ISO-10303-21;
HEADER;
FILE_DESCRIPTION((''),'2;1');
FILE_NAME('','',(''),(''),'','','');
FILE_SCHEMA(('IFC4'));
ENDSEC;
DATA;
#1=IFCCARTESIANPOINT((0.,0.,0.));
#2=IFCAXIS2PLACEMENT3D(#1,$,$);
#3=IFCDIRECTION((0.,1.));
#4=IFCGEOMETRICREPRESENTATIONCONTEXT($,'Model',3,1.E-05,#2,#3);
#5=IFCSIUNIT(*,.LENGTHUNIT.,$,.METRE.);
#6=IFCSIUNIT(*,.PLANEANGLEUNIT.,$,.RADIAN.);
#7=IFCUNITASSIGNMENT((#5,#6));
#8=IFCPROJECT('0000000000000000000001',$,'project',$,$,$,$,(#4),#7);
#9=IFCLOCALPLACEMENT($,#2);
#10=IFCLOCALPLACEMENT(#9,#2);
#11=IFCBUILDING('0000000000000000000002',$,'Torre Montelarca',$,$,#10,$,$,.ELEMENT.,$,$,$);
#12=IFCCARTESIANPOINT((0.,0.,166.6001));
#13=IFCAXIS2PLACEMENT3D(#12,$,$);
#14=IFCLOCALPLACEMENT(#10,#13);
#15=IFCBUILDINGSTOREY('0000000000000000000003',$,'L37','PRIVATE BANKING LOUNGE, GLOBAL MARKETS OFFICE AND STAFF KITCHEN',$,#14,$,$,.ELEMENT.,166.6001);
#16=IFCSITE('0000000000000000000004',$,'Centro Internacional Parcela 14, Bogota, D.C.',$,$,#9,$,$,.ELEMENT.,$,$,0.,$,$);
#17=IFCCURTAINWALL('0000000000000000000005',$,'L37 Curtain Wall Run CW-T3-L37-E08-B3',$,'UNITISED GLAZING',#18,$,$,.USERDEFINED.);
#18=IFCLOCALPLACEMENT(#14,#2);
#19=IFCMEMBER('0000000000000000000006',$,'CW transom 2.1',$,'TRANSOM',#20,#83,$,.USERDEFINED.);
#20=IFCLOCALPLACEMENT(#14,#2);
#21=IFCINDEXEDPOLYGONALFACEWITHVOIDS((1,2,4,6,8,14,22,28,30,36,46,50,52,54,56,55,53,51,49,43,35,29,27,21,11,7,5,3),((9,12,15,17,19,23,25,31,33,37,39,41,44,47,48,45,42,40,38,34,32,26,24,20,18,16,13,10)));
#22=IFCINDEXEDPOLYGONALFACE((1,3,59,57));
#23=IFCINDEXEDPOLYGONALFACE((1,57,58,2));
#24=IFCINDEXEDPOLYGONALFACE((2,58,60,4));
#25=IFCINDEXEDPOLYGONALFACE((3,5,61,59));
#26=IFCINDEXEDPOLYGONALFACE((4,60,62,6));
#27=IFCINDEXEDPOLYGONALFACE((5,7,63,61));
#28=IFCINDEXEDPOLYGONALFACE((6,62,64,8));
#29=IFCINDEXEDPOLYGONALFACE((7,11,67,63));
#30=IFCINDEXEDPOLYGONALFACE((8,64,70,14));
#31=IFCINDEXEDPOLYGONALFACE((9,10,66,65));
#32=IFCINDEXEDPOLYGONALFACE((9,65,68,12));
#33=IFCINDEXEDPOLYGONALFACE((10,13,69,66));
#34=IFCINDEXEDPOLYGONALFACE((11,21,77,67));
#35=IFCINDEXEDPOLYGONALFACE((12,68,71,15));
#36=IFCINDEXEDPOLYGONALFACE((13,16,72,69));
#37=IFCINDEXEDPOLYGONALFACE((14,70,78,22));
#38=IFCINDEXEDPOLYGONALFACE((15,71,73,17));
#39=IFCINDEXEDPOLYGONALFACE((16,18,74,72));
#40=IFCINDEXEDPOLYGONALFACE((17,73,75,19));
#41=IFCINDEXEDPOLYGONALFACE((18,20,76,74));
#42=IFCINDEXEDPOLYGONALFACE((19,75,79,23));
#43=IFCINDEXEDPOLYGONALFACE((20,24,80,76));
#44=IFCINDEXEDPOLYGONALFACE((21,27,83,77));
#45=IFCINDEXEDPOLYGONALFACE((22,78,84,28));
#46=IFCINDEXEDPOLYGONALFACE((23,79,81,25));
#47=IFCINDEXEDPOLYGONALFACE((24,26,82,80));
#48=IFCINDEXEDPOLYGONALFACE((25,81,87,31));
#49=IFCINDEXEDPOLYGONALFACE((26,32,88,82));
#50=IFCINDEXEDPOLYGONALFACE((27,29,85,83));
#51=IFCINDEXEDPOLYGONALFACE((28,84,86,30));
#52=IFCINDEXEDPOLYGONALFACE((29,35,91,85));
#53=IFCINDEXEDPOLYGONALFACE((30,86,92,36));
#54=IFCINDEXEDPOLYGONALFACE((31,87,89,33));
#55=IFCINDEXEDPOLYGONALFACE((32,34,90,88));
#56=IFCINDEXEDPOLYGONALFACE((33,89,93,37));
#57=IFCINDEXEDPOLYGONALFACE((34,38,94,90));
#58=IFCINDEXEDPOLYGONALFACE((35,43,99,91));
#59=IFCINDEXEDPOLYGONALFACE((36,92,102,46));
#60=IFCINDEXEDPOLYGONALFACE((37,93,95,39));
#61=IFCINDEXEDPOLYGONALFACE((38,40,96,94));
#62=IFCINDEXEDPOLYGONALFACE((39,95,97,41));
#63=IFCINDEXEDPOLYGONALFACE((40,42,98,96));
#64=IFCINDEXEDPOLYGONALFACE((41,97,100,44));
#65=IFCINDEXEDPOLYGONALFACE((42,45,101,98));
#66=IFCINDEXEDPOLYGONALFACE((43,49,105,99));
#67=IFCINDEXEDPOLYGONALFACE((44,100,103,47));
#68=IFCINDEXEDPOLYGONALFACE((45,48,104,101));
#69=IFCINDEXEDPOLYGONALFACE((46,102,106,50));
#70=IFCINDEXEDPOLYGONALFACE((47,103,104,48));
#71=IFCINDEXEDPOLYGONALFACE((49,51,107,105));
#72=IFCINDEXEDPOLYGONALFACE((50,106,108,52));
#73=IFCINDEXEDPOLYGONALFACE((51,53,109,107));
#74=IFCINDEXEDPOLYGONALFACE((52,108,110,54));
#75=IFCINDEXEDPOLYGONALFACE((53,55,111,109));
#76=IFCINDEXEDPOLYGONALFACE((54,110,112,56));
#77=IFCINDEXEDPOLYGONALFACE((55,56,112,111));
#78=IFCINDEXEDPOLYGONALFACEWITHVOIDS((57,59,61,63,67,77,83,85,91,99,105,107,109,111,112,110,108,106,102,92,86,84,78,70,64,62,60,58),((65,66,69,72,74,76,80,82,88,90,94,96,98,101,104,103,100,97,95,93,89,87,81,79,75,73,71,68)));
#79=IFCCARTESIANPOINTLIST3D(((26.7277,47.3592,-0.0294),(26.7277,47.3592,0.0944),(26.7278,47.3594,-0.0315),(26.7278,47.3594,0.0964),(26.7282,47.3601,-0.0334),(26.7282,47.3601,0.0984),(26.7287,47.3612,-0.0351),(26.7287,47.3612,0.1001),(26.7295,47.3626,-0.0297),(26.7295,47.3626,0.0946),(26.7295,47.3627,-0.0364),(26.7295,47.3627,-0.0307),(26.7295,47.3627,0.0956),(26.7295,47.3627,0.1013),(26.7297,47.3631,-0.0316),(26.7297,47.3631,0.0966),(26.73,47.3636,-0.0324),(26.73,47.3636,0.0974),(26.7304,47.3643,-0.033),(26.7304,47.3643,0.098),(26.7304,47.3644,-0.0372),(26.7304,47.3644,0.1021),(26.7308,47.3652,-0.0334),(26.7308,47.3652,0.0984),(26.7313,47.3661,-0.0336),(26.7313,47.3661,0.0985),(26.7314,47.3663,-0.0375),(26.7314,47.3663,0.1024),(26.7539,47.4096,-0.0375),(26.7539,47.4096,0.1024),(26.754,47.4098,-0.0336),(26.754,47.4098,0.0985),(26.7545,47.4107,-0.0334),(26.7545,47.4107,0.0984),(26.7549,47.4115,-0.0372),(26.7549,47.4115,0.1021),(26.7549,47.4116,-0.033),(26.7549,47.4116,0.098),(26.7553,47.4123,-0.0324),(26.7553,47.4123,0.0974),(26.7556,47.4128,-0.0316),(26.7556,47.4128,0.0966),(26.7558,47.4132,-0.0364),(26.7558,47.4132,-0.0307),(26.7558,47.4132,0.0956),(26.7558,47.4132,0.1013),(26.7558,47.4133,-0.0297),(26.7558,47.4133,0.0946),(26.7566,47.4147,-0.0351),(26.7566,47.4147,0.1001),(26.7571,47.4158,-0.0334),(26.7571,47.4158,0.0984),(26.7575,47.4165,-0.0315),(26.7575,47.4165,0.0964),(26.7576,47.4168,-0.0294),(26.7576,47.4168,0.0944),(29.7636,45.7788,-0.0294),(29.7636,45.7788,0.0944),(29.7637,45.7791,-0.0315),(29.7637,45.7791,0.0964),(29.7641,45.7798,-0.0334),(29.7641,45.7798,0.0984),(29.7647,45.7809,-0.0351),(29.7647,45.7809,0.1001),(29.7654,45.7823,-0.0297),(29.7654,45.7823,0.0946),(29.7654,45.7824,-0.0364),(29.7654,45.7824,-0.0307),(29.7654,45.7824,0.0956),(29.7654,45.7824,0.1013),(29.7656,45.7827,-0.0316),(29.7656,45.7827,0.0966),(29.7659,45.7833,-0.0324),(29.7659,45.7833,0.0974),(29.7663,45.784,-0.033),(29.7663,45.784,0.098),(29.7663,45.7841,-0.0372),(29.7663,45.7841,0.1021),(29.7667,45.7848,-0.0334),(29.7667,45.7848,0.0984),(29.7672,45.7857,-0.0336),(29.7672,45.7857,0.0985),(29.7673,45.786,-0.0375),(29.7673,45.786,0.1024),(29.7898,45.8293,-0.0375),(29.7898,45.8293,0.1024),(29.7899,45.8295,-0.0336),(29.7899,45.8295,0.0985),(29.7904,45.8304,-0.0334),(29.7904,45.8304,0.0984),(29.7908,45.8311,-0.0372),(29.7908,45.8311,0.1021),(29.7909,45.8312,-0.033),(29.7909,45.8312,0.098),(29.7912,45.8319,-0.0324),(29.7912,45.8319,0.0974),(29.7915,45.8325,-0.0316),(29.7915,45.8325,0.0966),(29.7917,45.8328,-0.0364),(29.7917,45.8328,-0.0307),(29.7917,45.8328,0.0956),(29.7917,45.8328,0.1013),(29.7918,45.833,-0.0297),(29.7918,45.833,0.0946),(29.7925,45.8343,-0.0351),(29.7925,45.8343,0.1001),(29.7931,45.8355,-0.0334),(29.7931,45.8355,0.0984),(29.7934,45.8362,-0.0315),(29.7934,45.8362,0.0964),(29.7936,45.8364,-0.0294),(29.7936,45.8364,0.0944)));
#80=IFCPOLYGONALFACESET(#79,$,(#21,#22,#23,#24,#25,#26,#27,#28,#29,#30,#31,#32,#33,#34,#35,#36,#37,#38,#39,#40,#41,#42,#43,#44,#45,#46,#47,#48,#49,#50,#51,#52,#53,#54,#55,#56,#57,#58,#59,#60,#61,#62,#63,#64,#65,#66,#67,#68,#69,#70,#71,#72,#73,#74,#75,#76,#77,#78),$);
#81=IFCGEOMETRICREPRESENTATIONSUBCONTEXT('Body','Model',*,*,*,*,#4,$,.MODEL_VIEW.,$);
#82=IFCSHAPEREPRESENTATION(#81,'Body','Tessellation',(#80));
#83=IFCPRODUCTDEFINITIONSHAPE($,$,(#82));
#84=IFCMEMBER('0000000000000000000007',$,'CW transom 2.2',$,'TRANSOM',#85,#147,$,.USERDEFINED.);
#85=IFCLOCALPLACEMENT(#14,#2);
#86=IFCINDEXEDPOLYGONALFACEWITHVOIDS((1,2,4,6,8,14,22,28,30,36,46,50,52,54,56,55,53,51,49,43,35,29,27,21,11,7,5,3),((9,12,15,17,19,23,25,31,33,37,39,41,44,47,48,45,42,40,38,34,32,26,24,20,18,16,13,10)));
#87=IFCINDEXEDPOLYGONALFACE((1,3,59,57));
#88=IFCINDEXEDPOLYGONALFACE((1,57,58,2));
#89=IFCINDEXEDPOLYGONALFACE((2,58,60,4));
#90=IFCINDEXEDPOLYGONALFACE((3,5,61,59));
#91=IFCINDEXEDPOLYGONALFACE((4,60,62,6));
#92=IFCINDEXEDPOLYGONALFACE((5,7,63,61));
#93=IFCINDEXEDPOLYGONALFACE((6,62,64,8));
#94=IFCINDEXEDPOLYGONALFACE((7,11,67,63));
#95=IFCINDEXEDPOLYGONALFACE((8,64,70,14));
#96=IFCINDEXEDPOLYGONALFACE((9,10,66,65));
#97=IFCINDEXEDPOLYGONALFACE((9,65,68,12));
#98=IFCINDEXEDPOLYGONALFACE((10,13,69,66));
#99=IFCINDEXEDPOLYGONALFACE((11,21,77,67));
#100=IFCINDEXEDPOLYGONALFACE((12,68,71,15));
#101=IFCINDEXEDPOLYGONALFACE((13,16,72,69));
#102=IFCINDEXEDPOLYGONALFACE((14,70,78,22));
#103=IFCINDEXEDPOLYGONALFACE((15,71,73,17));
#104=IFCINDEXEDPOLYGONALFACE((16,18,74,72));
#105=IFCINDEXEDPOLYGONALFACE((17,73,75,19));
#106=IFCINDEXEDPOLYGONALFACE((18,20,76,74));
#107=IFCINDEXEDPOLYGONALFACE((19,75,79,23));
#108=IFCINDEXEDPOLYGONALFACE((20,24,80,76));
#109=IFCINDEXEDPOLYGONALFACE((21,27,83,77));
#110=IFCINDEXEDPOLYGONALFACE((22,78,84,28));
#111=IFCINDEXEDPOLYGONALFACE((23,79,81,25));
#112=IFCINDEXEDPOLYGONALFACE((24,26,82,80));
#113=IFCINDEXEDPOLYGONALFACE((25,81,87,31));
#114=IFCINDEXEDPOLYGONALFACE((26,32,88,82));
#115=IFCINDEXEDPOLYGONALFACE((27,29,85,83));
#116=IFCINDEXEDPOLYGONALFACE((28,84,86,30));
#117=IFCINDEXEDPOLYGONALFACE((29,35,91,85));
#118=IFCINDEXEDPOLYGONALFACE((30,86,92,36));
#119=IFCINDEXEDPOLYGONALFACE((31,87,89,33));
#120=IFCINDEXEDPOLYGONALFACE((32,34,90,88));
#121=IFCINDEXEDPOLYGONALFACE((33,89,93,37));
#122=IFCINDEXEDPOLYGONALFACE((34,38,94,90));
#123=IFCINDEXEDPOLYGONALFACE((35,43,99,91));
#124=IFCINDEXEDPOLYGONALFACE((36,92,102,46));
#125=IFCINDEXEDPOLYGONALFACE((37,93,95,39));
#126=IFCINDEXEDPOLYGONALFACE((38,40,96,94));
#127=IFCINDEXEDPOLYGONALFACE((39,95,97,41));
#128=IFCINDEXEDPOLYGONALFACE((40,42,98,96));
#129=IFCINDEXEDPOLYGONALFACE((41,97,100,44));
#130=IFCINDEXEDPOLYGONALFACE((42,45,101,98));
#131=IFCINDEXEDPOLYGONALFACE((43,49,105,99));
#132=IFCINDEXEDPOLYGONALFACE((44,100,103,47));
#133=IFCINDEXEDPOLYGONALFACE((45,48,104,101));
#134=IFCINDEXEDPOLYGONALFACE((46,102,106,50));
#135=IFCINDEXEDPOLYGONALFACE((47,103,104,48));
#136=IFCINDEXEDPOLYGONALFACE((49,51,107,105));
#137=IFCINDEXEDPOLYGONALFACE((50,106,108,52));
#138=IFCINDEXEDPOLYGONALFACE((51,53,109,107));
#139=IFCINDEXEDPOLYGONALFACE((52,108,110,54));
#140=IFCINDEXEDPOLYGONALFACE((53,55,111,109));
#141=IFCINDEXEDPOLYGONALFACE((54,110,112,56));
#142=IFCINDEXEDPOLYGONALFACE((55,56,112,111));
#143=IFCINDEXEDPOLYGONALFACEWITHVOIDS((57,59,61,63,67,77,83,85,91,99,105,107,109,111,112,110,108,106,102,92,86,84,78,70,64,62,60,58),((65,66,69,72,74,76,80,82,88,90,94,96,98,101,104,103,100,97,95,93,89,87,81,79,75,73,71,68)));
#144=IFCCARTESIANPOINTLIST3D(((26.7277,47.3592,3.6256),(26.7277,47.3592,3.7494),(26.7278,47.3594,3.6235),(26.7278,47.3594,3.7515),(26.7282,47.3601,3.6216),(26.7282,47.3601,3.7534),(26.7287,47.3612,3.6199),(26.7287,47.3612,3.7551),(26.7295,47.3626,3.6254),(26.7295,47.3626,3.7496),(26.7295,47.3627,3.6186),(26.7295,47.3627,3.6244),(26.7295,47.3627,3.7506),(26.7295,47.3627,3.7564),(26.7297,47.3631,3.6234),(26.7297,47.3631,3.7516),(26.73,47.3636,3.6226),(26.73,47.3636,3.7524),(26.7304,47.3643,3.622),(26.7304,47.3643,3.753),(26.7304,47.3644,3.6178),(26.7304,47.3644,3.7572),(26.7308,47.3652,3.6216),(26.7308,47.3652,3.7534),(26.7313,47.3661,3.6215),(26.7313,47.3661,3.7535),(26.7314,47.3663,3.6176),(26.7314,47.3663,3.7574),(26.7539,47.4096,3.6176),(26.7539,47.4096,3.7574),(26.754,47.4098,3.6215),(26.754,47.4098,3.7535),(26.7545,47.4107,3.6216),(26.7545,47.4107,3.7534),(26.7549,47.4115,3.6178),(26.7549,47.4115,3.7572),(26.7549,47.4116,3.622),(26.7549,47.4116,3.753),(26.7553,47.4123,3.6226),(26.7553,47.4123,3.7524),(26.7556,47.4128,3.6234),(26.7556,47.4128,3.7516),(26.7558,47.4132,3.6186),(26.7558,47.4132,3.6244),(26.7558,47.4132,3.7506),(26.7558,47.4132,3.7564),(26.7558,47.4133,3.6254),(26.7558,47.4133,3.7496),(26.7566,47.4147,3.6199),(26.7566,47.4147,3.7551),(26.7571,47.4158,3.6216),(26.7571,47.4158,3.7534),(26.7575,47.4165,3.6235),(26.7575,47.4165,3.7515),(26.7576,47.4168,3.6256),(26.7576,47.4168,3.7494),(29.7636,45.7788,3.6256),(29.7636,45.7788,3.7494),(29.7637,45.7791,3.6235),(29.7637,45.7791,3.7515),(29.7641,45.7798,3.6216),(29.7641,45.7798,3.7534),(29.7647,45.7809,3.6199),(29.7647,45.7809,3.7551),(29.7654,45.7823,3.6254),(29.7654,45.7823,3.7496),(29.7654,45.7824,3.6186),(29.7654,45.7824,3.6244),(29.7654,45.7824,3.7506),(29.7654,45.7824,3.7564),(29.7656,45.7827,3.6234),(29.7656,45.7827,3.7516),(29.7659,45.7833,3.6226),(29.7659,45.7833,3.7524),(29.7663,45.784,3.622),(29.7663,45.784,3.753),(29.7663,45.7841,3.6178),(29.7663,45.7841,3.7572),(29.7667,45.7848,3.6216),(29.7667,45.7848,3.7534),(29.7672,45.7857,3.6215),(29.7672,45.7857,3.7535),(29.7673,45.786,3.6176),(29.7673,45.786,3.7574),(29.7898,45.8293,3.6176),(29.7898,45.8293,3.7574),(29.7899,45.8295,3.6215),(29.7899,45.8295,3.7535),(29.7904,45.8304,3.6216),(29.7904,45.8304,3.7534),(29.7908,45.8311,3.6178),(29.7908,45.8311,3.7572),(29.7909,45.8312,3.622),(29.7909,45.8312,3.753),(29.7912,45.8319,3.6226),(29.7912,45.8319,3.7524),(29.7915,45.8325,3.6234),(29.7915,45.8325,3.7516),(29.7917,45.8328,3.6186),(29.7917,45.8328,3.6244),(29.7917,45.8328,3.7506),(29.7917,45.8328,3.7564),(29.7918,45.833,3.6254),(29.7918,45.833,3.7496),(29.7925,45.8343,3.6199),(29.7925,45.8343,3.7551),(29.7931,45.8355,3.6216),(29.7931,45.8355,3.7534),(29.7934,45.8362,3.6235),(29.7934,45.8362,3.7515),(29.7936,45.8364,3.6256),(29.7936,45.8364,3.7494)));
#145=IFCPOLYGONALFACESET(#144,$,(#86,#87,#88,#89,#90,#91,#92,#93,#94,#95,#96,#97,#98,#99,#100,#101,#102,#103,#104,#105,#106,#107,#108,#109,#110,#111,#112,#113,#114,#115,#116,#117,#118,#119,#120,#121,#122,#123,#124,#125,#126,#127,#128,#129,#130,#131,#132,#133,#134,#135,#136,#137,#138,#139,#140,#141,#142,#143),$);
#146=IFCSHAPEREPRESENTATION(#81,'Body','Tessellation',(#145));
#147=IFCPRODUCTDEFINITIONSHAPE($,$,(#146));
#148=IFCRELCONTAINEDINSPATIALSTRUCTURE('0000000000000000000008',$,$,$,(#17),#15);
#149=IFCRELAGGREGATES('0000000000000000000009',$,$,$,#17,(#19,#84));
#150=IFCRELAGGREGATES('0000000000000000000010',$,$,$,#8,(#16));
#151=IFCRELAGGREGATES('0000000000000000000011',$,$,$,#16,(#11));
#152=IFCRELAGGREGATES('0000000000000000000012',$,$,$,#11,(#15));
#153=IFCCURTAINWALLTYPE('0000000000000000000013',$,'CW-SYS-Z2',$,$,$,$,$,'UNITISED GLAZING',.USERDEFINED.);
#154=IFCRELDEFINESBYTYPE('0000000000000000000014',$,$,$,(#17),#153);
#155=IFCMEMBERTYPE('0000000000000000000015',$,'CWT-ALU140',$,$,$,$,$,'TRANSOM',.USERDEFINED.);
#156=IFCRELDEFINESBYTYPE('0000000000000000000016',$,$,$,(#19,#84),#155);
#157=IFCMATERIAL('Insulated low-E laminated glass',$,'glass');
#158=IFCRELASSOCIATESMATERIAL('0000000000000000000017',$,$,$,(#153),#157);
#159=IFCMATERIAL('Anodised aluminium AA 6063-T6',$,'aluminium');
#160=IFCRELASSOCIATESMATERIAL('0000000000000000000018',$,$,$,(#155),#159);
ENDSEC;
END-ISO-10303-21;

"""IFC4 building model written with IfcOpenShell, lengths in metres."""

from ifc_helpers import new_model, si_unit, direction, frame, origin, origin_2d, place, context, subcontext, project, spatial, hollow_rectangle, extrude, source, transform, mapped, material, material_profile, profile_set, type_object, element, aggregate, save


model = new_model("IFC4")

# Units and contexts
model_context = context("Model", 3, precision=1e-05, world=origin(), true_north=direction((0.0, 1.0)))
body_context = subcontext(model_context, "Body", "Model", "MODEL_VIEW")
ifc_project = project(units=[si_unit("LENGTHUNIT", "METRE"), si_unit("PLANEANGLEUNIT", "RADIAN")], contexts=[model_context])

# Site, building, storey
site_placement = place(None, origin())
site = spatial("IfcSite", under=ifc_project, at=site_placement, Name="Centro Internacional Parcela 14, Bogota, D.C.", CompositionType="ELEMENT", RefElevation=0.0)
building_placement = place(site_placement, origin())
building = spatial("IfcBuilding", under=site, at=building_placement, Name="Torre Montelarca", CompositionType="ELEMENT")
storey_placement = place(building_placement, frame((0.0, 0.0, 166.6001)))
storey = spatial("IfcBuildingStorey", under=building, at=storey_placement, Name="L37", Description="PRIVATE BANKING LOUNGE, GLOBAL MARKETS OFFICE AND STAFF KITCHEN", CompositionType="ELEMENT", Elevation=166.6001)

# Curtain wall
ifc_material_1 = material(Name="Insulated low-E laminated glass", Category="glass")
curtain_wall_type = type_object("IfcCurtainWallType", Name="CW-SYS-Z2", ElementType="UNITISED GLAZING", PredefinedType="USERDEFINED", material=ifc_material_1)
curtain_wall_1_placement = place(storey_placement, origin())
curtain_wall_1 = element("IfcCurtainWall", 1, at=curtain_wall_1_placement, inside=storey, type_object=curtain_wall_type, Name="L37 Curtain Wall Run CW-T3-L37-E08-B3", ObjectType="UNITISED GLAZING", PredefinedType="USERDEFINED")
ifc_material_2 = material(Name="Anodised aluminium AA 6063-T6", Category="aluminium")

# Members
ifc_material_profile_1 = material_profile(ifc_material_2, hollow_rectangle(XDim=0.0649, YDim=0.1399, WallThickness=0.0039, InnerFilletRadius=0.0039, OuterFilletRadius=0.0081, at=origin_2d()), Name="ALU65X140X4", Category="aluminium")
ifc_profile_set_1 = profile_set([ifc_material_profile_1], Name="Anodised aluminium AA 6063-T6")
member_type_1 = type_object("IfcMemberType", Name="CWT-ALU140", ElementType="TRANSOM", PredefinedType="USERDEFINED", material=ifc_profile_set_1)
shared_shape_1 = source(origin(), body_context, "Body", "SweptSolid", [
    extrude(hollow_rectangle(XDim=0.0649, YDim=0.1399, WallThickness=0.0039, InnerFilletRadius=0.0039, OuterFilletRadius=0.0081, at=origin_2d()), origin(), (0.0, 0.0, 1.0), 3.4226),
])
member_1_placement = place(storey_placement, frame((29.7786, 45.8076, 0.0325), z_axis=(-0.887018, 0.461735, 0.0), x_axis=(-0.461735, -0.887018, 0.0)))
member_1 = element("IfcMember", 2, at=member_1_placement, type_object=member_type_1, Name="CW transom 2.1", ObjectType="TRANSOM", PredefinedType="USERDEFINED", context=body_context, shape_type="MappedRepresentation", body=[
    mapped(shared_shape_1, transform((0.0, 0.0, 0.0), scale=1.0)),
])
member_2_placement = place(storey_placement, frame((29.7786, 45.8076, 3.6875), z_axis=(-0.887018, 0.461735, 0.0), x_axis=(-0.461735, -0.887018, 0.0)))
member_2 = element("IfcMember", 3, at=member_2_placement, type_object=member_type_1, Name="CW transom 2.2", ObjectType="TRANSOM", PredefinedType="USERDEFINED", context=body_context, shape_type="MappedRepresentation", body=[
    mapped(shared_shape_1, transform((0.0, 0.0, 0.0), scale=1.0)),
])

aggregate(curtain_wall_1, [member_1, member_2])

save(model, "model.ifc")
